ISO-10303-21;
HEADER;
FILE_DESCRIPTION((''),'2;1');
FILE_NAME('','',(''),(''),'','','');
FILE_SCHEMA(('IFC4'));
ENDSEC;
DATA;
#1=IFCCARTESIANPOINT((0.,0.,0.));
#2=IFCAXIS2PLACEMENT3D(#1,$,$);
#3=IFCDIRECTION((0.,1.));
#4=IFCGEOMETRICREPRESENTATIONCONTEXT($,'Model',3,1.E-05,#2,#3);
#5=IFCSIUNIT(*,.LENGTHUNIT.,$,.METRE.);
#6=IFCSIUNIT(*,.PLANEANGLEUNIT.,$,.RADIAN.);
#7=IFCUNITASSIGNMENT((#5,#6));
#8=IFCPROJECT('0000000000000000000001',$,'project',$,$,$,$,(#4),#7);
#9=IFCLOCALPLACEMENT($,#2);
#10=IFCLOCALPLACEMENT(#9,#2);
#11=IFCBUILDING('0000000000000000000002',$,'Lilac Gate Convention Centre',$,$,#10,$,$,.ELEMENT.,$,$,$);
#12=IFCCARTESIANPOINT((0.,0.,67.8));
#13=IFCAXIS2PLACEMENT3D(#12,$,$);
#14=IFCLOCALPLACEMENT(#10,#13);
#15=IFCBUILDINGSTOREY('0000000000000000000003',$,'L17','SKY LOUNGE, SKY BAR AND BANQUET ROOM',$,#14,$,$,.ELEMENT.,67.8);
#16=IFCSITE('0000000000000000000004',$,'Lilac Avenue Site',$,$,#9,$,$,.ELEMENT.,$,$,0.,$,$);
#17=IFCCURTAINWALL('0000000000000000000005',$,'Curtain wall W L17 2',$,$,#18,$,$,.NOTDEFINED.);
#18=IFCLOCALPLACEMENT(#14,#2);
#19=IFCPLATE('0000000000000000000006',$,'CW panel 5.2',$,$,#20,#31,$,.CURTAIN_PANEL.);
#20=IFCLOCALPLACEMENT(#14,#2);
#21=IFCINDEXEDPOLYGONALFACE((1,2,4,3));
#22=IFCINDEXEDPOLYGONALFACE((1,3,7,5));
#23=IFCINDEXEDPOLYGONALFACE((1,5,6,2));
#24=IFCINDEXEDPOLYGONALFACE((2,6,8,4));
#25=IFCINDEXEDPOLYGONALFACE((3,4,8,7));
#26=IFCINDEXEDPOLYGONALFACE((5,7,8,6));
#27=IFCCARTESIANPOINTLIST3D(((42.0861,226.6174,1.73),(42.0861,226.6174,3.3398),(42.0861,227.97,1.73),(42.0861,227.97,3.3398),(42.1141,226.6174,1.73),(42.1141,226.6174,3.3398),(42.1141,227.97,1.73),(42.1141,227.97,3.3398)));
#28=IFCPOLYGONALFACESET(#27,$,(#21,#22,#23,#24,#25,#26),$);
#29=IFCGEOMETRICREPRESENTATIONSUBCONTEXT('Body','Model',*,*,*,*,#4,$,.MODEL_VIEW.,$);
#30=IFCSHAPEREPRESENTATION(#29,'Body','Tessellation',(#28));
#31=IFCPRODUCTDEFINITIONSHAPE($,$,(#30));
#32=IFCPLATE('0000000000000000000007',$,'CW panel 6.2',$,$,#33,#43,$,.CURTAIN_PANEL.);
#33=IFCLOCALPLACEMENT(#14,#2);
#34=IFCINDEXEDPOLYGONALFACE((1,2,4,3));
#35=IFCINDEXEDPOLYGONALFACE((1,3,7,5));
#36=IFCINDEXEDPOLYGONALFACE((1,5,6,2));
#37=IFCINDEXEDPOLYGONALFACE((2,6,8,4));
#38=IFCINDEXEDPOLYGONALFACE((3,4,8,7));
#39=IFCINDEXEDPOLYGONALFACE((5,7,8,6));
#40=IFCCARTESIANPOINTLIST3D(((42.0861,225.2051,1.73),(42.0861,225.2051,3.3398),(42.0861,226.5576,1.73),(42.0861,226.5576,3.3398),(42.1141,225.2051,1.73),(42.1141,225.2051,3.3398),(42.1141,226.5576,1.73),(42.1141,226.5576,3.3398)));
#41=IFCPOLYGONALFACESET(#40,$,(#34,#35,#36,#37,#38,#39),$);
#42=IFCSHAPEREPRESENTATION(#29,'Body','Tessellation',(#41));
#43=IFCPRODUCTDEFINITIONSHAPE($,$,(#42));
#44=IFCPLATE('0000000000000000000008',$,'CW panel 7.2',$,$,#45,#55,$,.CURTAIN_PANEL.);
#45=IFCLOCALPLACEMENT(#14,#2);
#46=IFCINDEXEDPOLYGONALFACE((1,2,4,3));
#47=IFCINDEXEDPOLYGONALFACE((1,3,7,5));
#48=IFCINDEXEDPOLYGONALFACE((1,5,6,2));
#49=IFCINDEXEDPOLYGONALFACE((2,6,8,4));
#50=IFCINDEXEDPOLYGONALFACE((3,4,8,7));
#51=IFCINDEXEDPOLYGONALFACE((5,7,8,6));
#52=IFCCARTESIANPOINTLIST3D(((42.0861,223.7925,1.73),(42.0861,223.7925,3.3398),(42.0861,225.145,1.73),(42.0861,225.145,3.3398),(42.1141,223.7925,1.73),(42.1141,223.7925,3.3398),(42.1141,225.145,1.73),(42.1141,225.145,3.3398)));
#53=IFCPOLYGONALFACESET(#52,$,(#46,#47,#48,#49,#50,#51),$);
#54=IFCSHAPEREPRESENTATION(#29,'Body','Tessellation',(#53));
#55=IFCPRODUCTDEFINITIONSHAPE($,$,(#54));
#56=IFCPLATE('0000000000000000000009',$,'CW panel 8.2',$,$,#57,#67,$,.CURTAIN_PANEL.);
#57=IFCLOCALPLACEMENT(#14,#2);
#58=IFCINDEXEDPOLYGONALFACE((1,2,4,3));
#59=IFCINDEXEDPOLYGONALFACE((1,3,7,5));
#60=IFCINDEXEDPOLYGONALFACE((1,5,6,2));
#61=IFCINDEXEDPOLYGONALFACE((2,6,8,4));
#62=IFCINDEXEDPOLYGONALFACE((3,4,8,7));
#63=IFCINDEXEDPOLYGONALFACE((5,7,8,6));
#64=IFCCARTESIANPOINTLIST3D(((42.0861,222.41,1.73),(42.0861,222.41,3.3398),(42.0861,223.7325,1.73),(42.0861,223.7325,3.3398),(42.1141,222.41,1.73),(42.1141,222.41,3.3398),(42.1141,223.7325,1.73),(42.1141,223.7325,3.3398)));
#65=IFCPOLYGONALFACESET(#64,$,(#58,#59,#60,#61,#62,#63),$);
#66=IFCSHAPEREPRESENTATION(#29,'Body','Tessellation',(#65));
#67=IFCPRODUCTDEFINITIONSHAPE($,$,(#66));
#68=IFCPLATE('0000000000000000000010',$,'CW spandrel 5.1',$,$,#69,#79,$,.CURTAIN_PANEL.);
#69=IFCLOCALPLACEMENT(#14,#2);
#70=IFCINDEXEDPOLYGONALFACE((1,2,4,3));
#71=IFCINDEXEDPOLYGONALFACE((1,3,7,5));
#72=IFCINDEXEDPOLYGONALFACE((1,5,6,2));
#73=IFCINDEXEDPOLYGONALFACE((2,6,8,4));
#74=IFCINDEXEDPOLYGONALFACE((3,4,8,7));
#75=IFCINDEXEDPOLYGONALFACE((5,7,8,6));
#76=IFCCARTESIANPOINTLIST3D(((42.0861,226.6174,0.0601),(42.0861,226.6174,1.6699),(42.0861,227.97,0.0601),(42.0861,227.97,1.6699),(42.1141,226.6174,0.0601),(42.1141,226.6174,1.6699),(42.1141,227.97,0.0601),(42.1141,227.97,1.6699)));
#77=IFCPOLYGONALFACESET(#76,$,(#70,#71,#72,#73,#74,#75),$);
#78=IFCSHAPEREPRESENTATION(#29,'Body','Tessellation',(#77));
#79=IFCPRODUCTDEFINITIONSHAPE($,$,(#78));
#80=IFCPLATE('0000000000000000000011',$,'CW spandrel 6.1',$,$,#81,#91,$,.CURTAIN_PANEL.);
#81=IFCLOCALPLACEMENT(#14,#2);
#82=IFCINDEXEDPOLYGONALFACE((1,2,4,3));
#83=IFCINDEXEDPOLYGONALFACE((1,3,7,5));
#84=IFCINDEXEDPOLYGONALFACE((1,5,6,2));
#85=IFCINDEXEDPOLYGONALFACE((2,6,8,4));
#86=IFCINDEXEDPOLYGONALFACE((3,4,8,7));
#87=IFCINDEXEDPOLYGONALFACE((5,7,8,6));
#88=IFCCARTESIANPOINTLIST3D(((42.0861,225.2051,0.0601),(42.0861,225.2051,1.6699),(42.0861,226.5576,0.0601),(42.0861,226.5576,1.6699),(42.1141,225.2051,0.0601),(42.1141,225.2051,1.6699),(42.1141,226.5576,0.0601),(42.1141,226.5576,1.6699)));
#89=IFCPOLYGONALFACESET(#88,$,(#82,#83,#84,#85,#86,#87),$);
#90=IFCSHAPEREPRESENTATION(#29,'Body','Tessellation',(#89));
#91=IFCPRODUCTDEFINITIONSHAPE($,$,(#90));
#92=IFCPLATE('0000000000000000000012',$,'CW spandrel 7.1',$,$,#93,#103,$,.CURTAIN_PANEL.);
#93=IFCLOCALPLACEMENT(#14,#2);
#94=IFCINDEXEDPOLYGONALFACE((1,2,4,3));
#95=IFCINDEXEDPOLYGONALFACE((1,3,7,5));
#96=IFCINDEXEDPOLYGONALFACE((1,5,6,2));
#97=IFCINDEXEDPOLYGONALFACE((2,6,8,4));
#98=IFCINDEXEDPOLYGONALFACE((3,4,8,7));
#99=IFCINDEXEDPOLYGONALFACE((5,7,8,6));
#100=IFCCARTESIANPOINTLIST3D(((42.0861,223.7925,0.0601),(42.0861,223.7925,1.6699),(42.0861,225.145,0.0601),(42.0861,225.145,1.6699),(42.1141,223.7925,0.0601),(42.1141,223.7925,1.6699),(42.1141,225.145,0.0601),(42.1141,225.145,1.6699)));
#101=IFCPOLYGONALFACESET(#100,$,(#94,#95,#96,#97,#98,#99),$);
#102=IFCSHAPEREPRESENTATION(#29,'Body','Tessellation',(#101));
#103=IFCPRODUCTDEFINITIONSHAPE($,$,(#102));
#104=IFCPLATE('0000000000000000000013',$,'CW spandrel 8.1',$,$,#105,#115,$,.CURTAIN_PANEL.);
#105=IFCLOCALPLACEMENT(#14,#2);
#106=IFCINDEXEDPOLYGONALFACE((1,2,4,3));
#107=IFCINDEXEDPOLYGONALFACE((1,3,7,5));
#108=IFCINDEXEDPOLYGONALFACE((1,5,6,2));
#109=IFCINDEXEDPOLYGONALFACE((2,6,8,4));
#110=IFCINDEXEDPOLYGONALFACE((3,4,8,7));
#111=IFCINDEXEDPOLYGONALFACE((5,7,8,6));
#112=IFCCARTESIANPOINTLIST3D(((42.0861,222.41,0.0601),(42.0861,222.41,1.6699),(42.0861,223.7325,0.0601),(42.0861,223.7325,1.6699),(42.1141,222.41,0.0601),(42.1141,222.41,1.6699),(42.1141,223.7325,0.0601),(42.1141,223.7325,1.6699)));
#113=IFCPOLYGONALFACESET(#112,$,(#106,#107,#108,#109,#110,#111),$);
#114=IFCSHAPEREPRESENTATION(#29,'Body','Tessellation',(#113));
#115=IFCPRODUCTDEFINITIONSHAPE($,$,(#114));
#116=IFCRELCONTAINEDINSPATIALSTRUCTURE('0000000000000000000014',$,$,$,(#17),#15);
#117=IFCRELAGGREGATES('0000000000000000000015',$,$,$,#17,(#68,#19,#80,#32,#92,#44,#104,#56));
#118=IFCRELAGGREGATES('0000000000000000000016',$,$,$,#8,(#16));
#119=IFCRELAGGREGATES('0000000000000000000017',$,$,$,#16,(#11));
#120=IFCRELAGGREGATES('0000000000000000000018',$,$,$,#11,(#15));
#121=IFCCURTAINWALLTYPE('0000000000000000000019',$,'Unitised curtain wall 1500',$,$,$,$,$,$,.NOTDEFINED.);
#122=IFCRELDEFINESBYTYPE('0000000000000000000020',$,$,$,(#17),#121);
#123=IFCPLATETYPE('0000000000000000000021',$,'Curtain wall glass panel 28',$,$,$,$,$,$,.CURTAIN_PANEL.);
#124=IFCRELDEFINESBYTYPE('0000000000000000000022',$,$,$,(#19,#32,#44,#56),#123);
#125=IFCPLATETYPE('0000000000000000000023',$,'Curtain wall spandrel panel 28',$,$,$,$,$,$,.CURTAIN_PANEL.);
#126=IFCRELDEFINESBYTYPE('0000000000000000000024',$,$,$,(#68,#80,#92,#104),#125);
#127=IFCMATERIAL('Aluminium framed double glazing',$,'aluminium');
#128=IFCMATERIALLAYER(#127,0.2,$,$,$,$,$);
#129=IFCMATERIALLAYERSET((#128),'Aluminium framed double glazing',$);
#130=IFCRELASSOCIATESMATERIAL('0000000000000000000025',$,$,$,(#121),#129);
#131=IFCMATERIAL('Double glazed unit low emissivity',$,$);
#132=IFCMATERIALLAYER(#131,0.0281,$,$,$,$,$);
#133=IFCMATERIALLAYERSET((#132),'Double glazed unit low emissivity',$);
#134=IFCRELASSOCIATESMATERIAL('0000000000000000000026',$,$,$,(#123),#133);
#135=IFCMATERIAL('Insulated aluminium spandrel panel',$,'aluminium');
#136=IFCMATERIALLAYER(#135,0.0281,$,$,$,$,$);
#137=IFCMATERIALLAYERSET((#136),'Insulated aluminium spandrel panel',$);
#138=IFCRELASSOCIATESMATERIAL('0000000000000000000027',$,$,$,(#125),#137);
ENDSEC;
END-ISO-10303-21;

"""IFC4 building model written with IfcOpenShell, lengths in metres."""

from ifc_helpers import new_model, si_unit, direction, frame, origin, origin_2d, place, context, subcontext, project, spatial, rectangle, extrude, material, layer, layer_set, type_object, element, aggregate, save


model = new_model("IFC4")

# Units and contexts
model_context = context("Model", 3, precision=1e-05, world=origin(), true_north=direction((0.0, 1.0)))
body_context = subcontext(model_context, "Body", "Model", "MODEL_VIEW")
ifc_project = project(units=[si_unit("LENGTHUNIT", "METRE"), si_unit("PLANEANGLEUNIT", "RADIAN")], contexts=[model_context])

# Site, building, storey
site_placement = place(None, origin())
site = spatial("IfcSite", under=ifc_project, at=site_placement, Name="Lilac Avenue Site", CompositionType="ELEMENT", RefElevation=0.0)
building_placement = place(site_placement, origin())
building = spatial("IfcBuilding", under=site, at=building_placement, Name="Lilac Gate Convention Centre", CompositionType="ELEMENT")
storey_placement = place(building_placement, frame((0.0, 0.0, 67.8)))
storey = spatial("IfcBuildingStorey", under=building, at=storey_placement, Name="L17", Description="SKY LOUNGE, SKY BAR AND BANQUET ROOM", CompositionType="ELEMENT", Elevation=67.8)

# Curtain wall
ifc_material_1 = material(Name="Aluminium framed double glazing", Category="aluminium")
ifc_layer_1 = layer(ifc_material_1, 0.2)
ifc_layer_set_1 = layer_set([ifc_layer_1], Name="Aluminium framed double glazing")
curtain_wall_type = type_object("IfcCurtainWallType", Name="Unitised curtain wall 1500", PredefinedType="NOTDEFINED", material=ifc_layer_set_1)
curtain_wall_placement = place(storey_placement, origin())
curtain_wall = element("IfcCurtainWall", 1, at=curtain_wall_placement, inside=storey, type_object=curtain_wall_type, Name="Curtain wall W L17 2", PredefinedType="NOTDEFINED")

# Plates
ifc_material_2 = material(Name="Double glazed unit low emissivity")
ifc_layer_2 = layer(ifc_material_2, 0.0281)
ifc_layer_set_2 = layer_set([ifc_layer_2], Name="Double glazed unit low emissivity")
plate_type_1 = type_object("IfcPlateType", Name="Curtain wall glass panel 28", PredefinedType="CURTAIN_PANEL", material=ifc_layer_set_2)
plate_1_placement = place(storey_placement, frame((42.1001, 227.2937, 1.73), z_axis=(0.0, 0.0, 1.0), x_axis=(0.0, -1.0, 0.0)))
plate_1 = element("IfcPlate", 2, at=plate_1_placement, type_object=plate_type_1, Name="CW panel 5.2", PredefinedType="CURTAIN_PANEL", context=body_context, shape_type="SweptSolid", body=[
    extrude(rectangle(XDim=1.3525, YDim=0.0281, at=origin_2d()), origin(), (0.0, 0.0, 1.0), 1.6099),
])
plate_2_placement = place(storey_placement, frame((42.1001, 225.8813, 1.73), z_axis=(0.0, 0.0, 1.0), x_axis=(0.0, -1.0, 0.0)))
plate_2 = element("IfcPlate", 3, at=plate_2_placement, type_object=plate_type_1, Name="CW panel 6.2", PredefinedType="CURTAIN_PANEL", context=body_context, shape_type="SweptSolid", body=[
    extrude(rectangle(XDim=1.3525, YDim=0.0281, at=origin_2d()), origin(), (0.0, 0.0, 1.0), 1.6099),
])
plate_3_placement = place(storey_placement, frame((42.1001, 224.4688, 1.73), z_axis=(0.0, 0.0, 1.0), x_axis=(0.0, -1.0, 0.0)))
plate_3 = element("IfcPlate", 4, at=plate_3_placement, type_object=plate_type_1, Name="CW panel 7.2", PredefinedType="CURTAIN_PANEL", context=body_context, shape_type="SweptSolid", body=[
    extrude(rectangle(XDim=1.3525, YDim=0.0281, at=origin_2d()), origin(), (0.0, 0.0, 1.0), 1.6099),
])
plate_4_placement = place(storey_placement, frame((42.1001, 223.0713, 1.73), z_axis=(0.0, 0.0, 1.0), x_axis=(0.0, -1.0, 0.0)))
plate_4 = element("IfcPlate", 5, at=plate_4_placement, type_object=plate_type_1, Name="CW panel 8.2", PredefinedType="CURTAIN_PANEL", context=body_context, shape_type="SweptSolid", body=[
    extrude(rectangle(XDim=1.3225, YDim=0.0281, at=origin_2d()), origin(), (0.0, 0.0, 1.0), 1.6099),
])
ifc_material_3 = material(Name="Insulated aluminium spandrel panel", Category="aluminium")
ifc_layer_3 = layer(ifc_material_3, 0.0281)
ifc_layer_set_3 = layer_set([ifc_layer_3], Name="Insulated aluminium spandrel panel")
plate_type_2 = type_object("IfcPlateType", Name="Curtain wall spandrel panel 28", PredefinedType="CURTAIN_PANEL", material=ifc_layer_set_3)
plate_5_placement = place(storey_placement, frame((42.1001, 227.2937, 0.0601), z_axis=(0.0, 0.0, 1.0), x_axis=(0.0, -1.0, 0.0)))
plate_5 = element("IfcPlate", 6, at=plate_5_placement, type_object=plate_type_2, Name="CW spandrel 5.1", PredefinedType="CURTAIN_PANEL", context=body_context, shape_type="SweptSolid", body=[
    extrude(rectangle(XDim=1.3525, YDim=0.0281, at=origin_2d()), origin(), (0.0, 0.0, 1.0), 1.6099),
])
plate_6_placement = place(storey_placement, frame((42.1001, 225.8813, 0.0601), z_axis=(0.0, 0.0, 1.0), x_axis=(0.0, -1.0, 0.0)))
plate_6 = element("IfcPlate", 7, at=plate_6_placement, type_object=plate_type_2, Name="CW spandrel 6.1", PredefinedType="CURTAIN_PANEL", context=body_context, shape_type="SweptSolid", body=[
    extrude(rectangle(XDim=1.3525, YDim=0.0281, at=origin_2d()), origin(), (0.0, 0.0, 1.0), 1.6099),
])
plate_7_placement = place(storey_placement, frame((42.1001, 224.4688, 0.0601), z_axis=(0.0, 0.0, 1.0), x_axis=(0.0, -1.0, 0.0)))
plate_7 = element("IfcPlate", 8, at=plate_7_placement, type_object=plate_type_2, Name="CW spandrel 7.1", PredefinedType="CURTAIN_PANEL", context=body_context, shape_type="SweptSolid", body=[
    extrude(rectangle(XDim=1.3525, YDim=0.0281, at=origin_2d()), origin(), (0.0, 0.0, 1.0), 1.6099),
])
plate_8_placement = place(storey_placement, frame((42.1001, 223.0713, 0.0601), z_axis=(0.0, 0.0, 1.0), x_axis=(0.0, -1.0, 0.0)))
plate_8 = element("IfcPlate", 9, at=plate_8_placement, type_object=plate_type_2, Name="CW spandrel 8.1", PredefinedType="CURTAIN_PANEL", context=body_context, shape_type="SweptSolid", body=[
    extrude(rectangle(XDim=1.3225, YDim=0.0281, at=origin_2d()), origin(), (0.0, 0.0, 1.0), 1.6099),
])
aggregate(curtain_wall, [plate_5, plate_1, plate_6, plate_2, plate_7, plate_3, plate_8, plate_4])

save(model, "model.ifc")
